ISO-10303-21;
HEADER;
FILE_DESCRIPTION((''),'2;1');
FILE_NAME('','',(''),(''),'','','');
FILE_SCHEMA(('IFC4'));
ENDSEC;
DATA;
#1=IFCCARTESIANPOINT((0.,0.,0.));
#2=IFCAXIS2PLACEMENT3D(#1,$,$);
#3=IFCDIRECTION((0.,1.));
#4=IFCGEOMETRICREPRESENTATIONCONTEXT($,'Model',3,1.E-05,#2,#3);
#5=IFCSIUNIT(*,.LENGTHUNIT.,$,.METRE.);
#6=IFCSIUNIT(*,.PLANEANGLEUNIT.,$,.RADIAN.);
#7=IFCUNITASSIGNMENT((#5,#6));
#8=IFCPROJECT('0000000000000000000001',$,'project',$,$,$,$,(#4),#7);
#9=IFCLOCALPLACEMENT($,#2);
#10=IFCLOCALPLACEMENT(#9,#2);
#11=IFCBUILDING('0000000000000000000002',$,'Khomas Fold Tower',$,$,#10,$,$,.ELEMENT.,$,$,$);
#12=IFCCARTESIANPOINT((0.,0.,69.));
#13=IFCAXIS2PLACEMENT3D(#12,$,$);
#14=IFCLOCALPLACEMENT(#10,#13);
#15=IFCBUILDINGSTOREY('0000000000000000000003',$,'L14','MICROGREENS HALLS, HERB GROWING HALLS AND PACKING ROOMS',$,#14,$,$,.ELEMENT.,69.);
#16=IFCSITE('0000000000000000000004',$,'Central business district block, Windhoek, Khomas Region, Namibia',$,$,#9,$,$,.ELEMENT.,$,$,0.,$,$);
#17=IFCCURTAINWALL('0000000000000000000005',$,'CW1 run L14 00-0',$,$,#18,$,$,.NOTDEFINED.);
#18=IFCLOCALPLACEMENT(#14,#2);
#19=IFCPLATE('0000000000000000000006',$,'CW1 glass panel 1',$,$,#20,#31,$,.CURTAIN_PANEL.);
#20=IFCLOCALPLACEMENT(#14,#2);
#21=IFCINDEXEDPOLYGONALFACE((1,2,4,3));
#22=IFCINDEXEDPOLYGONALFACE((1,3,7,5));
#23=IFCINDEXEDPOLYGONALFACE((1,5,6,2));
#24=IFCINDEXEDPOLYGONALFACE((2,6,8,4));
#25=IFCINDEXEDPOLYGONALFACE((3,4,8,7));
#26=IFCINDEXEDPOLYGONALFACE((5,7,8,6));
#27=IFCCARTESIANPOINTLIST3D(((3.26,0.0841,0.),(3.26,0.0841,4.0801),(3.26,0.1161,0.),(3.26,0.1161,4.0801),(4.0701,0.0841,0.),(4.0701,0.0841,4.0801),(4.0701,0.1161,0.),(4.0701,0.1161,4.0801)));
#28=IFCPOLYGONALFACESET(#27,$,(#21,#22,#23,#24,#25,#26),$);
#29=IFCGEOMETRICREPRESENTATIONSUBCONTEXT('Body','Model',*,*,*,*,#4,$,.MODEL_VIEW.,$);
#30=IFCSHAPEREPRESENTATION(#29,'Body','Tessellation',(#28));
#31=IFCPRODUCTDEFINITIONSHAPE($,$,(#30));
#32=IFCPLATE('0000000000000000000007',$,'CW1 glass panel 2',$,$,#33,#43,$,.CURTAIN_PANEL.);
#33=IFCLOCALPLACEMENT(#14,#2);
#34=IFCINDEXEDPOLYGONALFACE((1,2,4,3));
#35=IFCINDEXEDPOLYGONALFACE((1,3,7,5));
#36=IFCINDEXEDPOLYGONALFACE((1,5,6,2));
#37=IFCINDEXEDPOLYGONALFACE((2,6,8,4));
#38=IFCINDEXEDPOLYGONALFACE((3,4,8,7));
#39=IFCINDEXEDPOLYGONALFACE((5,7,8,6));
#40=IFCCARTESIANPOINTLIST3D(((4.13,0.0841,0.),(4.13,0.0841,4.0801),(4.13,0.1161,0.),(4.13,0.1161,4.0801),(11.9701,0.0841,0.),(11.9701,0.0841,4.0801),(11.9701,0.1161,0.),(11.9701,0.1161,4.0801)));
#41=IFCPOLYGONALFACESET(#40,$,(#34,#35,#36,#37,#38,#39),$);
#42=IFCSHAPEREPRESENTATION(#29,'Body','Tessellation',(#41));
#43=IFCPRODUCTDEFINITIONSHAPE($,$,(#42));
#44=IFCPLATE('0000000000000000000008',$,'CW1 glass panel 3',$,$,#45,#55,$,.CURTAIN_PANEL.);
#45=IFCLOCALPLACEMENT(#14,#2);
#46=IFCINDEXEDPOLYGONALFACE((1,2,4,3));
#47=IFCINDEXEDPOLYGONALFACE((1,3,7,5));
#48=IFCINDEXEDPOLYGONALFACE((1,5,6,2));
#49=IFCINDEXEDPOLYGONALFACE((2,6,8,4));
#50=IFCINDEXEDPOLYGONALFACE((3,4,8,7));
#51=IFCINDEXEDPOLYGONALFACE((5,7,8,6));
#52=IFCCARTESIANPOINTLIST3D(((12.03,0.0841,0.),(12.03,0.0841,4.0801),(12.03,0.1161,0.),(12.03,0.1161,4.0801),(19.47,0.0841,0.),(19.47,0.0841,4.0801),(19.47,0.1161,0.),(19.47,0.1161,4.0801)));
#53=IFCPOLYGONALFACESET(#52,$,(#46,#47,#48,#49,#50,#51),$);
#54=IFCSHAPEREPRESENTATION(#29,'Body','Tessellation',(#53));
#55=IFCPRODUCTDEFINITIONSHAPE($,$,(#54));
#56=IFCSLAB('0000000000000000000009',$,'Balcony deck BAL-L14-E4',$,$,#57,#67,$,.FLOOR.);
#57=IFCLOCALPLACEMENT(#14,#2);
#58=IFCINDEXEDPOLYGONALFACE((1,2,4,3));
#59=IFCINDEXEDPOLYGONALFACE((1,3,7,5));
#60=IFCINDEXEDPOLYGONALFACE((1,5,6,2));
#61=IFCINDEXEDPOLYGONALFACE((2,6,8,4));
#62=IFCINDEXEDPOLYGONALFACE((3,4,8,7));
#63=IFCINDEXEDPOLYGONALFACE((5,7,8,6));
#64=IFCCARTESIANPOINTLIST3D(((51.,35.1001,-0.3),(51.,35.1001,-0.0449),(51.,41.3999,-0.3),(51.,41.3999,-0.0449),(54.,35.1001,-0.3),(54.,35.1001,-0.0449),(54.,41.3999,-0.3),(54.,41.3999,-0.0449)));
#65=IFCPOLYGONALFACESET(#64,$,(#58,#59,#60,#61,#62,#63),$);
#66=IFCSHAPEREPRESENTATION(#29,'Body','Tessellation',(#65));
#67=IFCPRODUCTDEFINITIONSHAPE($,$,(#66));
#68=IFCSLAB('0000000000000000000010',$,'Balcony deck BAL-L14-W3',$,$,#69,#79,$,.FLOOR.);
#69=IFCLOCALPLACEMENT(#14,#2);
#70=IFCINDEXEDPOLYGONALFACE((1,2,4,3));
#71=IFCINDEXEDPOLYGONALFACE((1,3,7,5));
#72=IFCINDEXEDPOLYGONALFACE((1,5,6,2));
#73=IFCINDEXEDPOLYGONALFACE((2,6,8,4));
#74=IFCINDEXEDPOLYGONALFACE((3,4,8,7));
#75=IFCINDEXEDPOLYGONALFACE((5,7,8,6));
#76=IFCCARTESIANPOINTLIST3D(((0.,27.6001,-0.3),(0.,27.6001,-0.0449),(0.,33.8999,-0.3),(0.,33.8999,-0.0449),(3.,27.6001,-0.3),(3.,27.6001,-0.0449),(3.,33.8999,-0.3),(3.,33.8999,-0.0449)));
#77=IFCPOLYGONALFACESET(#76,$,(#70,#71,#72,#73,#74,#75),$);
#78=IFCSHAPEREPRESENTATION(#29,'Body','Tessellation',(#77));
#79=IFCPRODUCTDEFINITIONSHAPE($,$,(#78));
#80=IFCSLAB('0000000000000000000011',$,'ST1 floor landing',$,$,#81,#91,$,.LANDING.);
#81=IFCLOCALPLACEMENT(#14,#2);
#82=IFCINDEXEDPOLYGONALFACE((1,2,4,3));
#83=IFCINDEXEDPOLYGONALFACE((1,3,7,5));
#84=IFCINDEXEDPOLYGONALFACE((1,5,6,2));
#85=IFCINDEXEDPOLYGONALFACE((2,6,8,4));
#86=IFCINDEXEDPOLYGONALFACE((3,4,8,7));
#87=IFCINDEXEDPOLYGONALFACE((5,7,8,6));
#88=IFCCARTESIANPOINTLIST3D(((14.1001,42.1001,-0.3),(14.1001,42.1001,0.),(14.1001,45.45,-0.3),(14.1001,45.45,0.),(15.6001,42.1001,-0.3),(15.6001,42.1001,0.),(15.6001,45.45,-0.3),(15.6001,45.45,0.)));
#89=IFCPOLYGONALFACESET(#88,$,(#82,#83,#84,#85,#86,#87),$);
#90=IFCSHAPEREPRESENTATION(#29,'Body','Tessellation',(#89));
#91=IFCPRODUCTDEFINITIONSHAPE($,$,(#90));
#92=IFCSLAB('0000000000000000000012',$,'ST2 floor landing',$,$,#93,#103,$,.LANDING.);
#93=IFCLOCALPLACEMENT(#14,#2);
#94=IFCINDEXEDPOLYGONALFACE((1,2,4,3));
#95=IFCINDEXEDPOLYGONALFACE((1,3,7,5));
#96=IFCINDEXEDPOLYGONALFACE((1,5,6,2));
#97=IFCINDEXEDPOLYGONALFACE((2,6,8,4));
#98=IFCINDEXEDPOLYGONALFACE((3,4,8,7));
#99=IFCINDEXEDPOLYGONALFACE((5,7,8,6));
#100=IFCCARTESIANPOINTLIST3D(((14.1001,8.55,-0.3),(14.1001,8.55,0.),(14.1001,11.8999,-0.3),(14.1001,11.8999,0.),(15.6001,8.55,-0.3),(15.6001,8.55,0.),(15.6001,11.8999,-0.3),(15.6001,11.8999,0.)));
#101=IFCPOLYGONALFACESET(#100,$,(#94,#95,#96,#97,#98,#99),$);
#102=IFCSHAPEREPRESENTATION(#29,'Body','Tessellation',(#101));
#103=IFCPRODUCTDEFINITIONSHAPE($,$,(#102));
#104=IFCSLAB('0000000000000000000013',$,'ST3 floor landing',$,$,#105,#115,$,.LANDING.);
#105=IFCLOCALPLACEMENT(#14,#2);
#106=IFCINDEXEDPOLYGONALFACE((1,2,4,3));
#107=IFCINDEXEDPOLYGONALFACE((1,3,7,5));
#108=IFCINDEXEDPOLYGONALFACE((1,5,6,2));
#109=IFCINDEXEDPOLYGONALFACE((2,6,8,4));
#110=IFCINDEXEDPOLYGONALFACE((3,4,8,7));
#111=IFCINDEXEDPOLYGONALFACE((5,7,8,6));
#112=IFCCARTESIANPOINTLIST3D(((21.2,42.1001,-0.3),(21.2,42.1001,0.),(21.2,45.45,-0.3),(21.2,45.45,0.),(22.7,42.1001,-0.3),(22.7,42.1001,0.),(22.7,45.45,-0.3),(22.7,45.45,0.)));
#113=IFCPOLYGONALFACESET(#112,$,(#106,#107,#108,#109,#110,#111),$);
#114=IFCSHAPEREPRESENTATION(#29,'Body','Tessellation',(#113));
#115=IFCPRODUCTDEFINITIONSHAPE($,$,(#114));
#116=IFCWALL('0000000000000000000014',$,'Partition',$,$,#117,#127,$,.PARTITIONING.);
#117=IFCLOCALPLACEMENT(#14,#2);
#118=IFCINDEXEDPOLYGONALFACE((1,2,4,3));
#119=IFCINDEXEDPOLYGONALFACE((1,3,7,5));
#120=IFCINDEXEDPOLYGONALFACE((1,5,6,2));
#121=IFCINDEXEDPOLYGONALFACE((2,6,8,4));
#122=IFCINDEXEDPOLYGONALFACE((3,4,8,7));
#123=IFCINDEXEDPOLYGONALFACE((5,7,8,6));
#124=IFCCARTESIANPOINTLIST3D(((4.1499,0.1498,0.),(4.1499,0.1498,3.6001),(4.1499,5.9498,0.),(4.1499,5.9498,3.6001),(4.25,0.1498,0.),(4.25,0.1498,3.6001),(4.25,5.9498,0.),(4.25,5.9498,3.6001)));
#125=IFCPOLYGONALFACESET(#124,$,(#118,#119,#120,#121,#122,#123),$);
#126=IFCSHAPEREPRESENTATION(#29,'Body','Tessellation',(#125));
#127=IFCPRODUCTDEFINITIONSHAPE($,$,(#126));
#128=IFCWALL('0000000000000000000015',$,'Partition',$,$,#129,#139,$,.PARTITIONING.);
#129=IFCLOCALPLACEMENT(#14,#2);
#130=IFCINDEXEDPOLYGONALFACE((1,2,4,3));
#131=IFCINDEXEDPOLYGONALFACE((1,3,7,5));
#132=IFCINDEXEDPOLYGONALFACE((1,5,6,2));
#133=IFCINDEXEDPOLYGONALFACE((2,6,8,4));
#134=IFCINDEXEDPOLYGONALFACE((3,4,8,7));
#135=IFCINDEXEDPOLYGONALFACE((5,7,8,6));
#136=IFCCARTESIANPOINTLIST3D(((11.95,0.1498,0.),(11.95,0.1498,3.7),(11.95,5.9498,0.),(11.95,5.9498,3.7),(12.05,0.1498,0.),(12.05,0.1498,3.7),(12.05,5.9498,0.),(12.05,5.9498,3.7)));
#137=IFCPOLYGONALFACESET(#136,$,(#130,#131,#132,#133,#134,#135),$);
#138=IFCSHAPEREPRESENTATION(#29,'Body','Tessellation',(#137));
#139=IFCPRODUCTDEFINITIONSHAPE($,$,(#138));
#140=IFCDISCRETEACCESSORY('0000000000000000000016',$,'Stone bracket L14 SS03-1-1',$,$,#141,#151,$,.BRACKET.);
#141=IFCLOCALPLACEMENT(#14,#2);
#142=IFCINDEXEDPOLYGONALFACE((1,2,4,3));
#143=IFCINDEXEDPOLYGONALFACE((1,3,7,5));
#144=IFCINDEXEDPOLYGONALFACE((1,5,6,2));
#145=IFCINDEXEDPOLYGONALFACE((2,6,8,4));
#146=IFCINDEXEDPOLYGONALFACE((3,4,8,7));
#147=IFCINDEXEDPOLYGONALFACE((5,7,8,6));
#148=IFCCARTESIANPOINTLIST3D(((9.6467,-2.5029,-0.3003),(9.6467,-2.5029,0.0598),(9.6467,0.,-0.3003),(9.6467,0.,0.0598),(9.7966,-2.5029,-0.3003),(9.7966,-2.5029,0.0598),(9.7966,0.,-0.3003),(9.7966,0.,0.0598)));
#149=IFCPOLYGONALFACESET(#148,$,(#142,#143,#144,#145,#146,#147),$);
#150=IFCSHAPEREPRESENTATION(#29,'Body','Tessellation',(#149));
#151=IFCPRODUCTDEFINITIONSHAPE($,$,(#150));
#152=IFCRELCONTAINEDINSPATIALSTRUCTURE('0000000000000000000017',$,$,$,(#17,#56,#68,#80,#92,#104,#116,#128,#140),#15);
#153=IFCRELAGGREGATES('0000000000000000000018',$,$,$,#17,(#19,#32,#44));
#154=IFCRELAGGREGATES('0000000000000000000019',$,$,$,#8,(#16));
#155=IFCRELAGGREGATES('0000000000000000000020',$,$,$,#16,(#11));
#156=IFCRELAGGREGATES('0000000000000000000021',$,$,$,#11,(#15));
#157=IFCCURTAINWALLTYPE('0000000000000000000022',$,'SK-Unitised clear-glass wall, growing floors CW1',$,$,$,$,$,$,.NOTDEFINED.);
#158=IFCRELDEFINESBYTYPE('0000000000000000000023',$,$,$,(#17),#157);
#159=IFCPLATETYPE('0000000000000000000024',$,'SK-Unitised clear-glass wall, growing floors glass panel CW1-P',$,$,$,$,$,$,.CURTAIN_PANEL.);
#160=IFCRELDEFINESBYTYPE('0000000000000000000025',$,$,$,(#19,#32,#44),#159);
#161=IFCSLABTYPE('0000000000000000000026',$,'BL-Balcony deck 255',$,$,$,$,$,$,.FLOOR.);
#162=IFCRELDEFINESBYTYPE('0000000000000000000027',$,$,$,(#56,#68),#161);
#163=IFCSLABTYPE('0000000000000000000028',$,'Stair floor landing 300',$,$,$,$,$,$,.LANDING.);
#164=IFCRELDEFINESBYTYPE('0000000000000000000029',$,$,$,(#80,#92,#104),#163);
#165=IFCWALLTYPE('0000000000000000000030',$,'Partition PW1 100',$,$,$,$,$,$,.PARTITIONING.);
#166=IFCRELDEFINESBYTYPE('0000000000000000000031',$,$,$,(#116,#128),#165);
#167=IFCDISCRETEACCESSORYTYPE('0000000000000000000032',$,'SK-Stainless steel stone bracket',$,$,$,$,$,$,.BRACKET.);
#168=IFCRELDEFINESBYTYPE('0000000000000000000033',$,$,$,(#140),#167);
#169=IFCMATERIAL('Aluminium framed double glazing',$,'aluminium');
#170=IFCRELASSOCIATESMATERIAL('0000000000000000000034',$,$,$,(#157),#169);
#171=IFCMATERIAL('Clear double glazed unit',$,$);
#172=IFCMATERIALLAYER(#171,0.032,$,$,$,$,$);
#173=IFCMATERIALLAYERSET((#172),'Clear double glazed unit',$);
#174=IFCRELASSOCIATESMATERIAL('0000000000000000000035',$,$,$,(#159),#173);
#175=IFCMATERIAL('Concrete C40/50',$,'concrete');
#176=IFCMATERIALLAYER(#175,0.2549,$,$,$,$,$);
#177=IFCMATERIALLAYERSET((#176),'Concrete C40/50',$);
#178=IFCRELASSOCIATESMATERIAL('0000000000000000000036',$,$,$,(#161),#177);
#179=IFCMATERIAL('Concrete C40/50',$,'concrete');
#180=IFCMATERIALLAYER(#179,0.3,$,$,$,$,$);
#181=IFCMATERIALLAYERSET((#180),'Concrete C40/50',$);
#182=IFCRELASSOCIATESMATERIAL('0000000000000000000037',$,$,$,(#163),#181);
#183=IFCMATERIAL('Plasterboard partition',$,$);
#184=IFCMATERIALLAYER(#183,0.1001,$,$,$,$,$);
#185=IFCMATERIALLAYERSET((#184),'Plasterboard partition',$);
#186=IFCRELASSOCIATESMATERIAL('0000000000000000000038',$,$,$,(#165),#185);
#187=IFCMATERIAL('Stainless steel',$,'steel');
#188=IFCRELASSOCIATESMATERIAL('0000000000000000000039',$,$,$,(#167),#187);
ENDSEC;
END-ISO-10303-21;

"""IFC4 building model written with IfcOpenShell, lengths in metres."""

from ifc_helpers import new_model, si_unit, direction, frame, frame_2d, origin, origin_2d, place, context, subcontext, project, spatial, polyline, rectangle, outline, extrude, source, transform, mapped, material, layer, layer_set, type_object, element, aggregate, save


model = new_model("IFC4")

# Units and contexts
model_context = context("Model", 3, precision=1e-05, world=origin(), true_north=direction((0.0, 1.0)))
body_context = subcontext(model_context, "Body", "Model", "MODEL_VIEW")
ifc_project = project(units=[si_unit("LENGTHUNIT", "METRE"), si_unit("PLANEANGLEUNIT", "RADIAN")], contexts=[model_context])

# Site, building, storey
site_placement = place(None, origin())
site = spatial("IfcSite", under=ifc_project, at=site_placement, Name="Central business district block, Windhoek, Khomas Region, Namibia", CompositionType="ELEMENT", RefElevation=0.0)
building_placement = place(site_placement, origin())
building = spatial("IfcBuilding", under=site, at=building_placement, Name="Khomas Fold Tower", CompositionType="ELEMENT")
storey_placement = place(building_placement, frame((0.0, 0.0, 69.0)))
storey = spatial("IfcBuildingStorey", under=building, at=storey_placement, Name="L14", Description="MICROGREENS HALLS, HERB GROWING HALLS AND PACKING ROOMS", CompositionType="ELEMENT", Elevation=69.0)

# Curtain wall
ifc_material_1 = material(Name="Aluminium framed double glazing", Category="aluminium")
curtain_wall_type = type_object("IfcCurtainWallType", Name="SK-Unitised clear-glass wall, growing floors CW1", PredefinedType="NOTDEFINED", material=ifc_material_1)
curtain_wall_1_placement = place(storey_placement, origin())
curtain_wall_1 = element("IfcCurtainWall", 1, at=curtain_wall_1_placement, inside=storey, type_object=curtain_wall_type, Name="CW1 run L14 00-0", PredefinedType="NOTDEFINED")

# Plates
ifc_material_2 = material(Name="Clear double glazed unit")
ifc_layer_1 = layer(ifc_material_2, 0.032)
ifc_layer_set_1 = layer_set([ifc_layer_1], Name="Clear double glazed unit")
plate_type = type_object("IfcPlateType", Name="SK-Unitised clear-glass wall, growing floors glass panel CW1-P", PredefinedType="CURTAIN_PANEL", material=ifc_layer_set_1)
shared_shape_1 = source(origin(), body_context, "Body", "SweptSolid", [
    extrude(rectangle(XDim=0.8101, YDim=0.032, at=origin_2d()), origin(), (0.0, 0.0, 1.0), 4.0801),
])
plate_1_placement = place(storey_placement, frame((3.665, 0.1001, 0.0), z_axis=(0.0, 0.0, 1.0), x_axis=(1.0, 0.0, 0.0)))
plate_1 = element("IfcPlate", 2, at=plate_1_placement, type_object=plate_type, Name="CW1 glass panel 1", PredefinedType="CURTAIN_PANEL", context=body_context, shape_type="MappedRepresentation", body=[
    mapped(shared_shape_1, transform((0.0, 0.0, 0.0))),
])
shared_shape_2 = source(origin(), body_context, "Body", "SweptSolid", [
    extrude(rectangle(XDim=7.8401, YDim=0.032, at=origin_2d()), origin(), (0.0, 0.0, 1.0), 4.0801),
])
plate_2_placement = place(storey_placement, frame((8.05, 0.1001, 0.0), z_axis=(0.0, 0.0, 1.0), x_axis=(1.0, 0.0, 0.0)))
plate_2 = element("IfcPlate", 3, at=plate_2_placement, type_object=plate_type, Name="CW1 glass panel 2", PredefinedType="CURTAIN_PANEL", context=body_context, shape_type="MappedRepresentation", body=[
    mapped(shared_shape_2, transform((0.0, 0.0, 0.0))),
])
shared_shape_3 = source(origin(), body_context, "Body", "SweptSolid", [
    extrude(rectangle(XDim=7.4399, YDim=0.032, at=origin_2d()), origin(), (0.0, 0.0, 1.0), 4.0801),
])
plate_3_placement = place(storey_placement, frame((15.75, 0.1001, 0.0), z_axis=(0.0, 0.0, 1.0), x_axis=(1.0, 0.0, 0.0)))
plate_3 = element("IfcPlate", 4, at=plate_3_placement, type_object=plate_type, Name="CW1 glass panel 3", PredefinedType="CURTAIN_PANEL", context=body_context, shape_type="MappedRepresentation", body=[
    mapped(shared_shape_3, transform((0.0, 0.0, 0.0))),
])
aggregate(curtain_wall_1, [plate_1, plate_2, plate_3])

# Slabs
ifc_material_3 = material(Name="Concrete C40/50", Category="concrete")
ifc_layer_2 = layer(ifc_material_3, 0.2549)
ifc_layer_set_2 = layer_set([ifc_layer_2], Name="Concrete C40/50")
slab_type_1 = type_object("IfcSlabType", Name="BL-Balcony deck 255", PredefinedType="FLOOR", material=ifc_layer_set_2)
shared_shape_4 = source(origin(), body_context, "Body", "SweptSolid", [
    extrude(outline(polyline([(51.0, 35.1001), (54.0, 35.1001), (54.0, 41.3999), (51.0, 41.3999), (51.0, 35.1001)])), origin(), (0.0, 0.0, 1.0), 0.2551),
])
slab_1_placement = place(storey_placement, frame((0.0, 0.0, -0.3)))
element("IfcSlab", 5, at=slab_1_placement, inside=storey, type_object=slab_type_1, Name="Balcony deck BAL-L14-E4", PredefinedType="FLOOR", context=body_context, shape_type="MappedRepresentation", body=[
    mapped(shared_shape_4, transform((0.0, 0.0, 0.0))),
])
shared_shape_5 = source(origin(), body_context, "Body", "SweptSolid", [
    extrude(outline(polyline([(0.0, 27.6001), (3.0, 27.6001), (3.0, 33.8999), (0.0, 33.8999), (0.0, 27.6001)])), origin(), (0.0, 0.0, 1.0), 0.2551),
])
slab_2_placement = place(storey_placement, frame((0.0, 0.0, -0.3)))
element("IfcSlab", 6, at=slab_2_placement, inside=storey, type_object=slab_type_1, Name="Balcony deck BAL-L14-W3", PredefinedType="FLOOR", context=body_context, shape_type="MappedRepresentation", body=[
    mapped(shared_shape_5, transform((0.0, 0.0, 0.0))),
])
ifc_material_4 = material(Name="Concrete C40/50", Category="concrete")
ifc_layer_3 = layer(ifc_material_4, 0.3)
ifc_layer_set_3 = layer_set([ifc_layer_3], Name="Concrete C40/50")
slab_type_2 = type_object("IfcSlabType", Name="Stair floor landing 300", PredefinedType="LANDING", material=ifc_layer_set_3)
shared_shape_6 = source(origin(), body_context, "Body", "SweptSolid", [
    extrude(outline(polyline([(15.6001, 42.1001), (14.1001, 42.1001), (14.1001, 45.45), (15.6001, 45.45), (15.6001, 42.1001)])), origin(), (0.0, 0.0, 1.0), 0.3),
])
slab_3_placement = place(storey_placement, frame((0.0, 0.0, -0.3)))
element("IfcSlab", 7, at=slab_3_placement, inside=storey, type_object=slab_type_2, Name="ST1 floor landing", PredefinedType="LANDING", context=body_context, shape_type="MappedRepresentation", body=[
    mapped(shared_shape_6, transform((0.0, 0.0, 0.0))),
])
shared_shape_7 = source(origin(), body_context, "Body", "SweptSolid", [
    extrude(outline(polyline([(15.6001, 8.55), (14.1001, 8.55), (14.1001, 11.8999), (15.6001, 11.8999), (15.6001, 8.55)])), origin(), (0.0, 0.0, 1.0), 0.3),
])
slab_4_placement = place(storey_placement, frame((0.0, 0.0, -0.3)))
element("IfcSlab", 8, at=slab_4_placement, inside=storey, type_object=slab_type_2, Name="ST2 floor landing", PredefinedType="LANDING", context=body_context, shape_type="MappedRepresentation", body=[
    mapped(shared_shape_7, transform((0.0, 0.0, 0.0))),
])
shared_shape_8 = source(origin(), body_context, "Body", "SweptSolid", [
    extrude(outline(polyline([(22.7, 42.1001), (21.2, 42.1001), (21.2, 45.45), (22.7, 45.45), (22.7, 42.1001)])), origin(), (0.0, 0.0, 1.0), 0.3),
])
slab_5_placement = place(storey_placement, frame((0.0, 0.0, -0.3)))
element("IfcSlab", 9, at=slab_5_placement, inside=storey, type_object=slab_type_2, Name="ST3 floor landing", PredefinedType="LANDING", context=body_context, shape_type="MappedRepresentation", body=[
    mapped(shared_shape_8, transform((0.0, 0.0, 0.0))),
])

# Walls
ifc_material_5 = material(Name="Plasterboard partition")
ifc_layer_4 = layer(ifc_material_5, 0.1001)
ifc_layer_set_4 = layer_set([ifc_layer_4], Name="Plasterboard partition")
wall_type = type_object("IfcWallType", Name="Partition PW1 100", PredefinedType="PARTITIONING", material=ifc_layer_set_4)
shared_shape_9 = source(origin(), body_context, "Body", "SweptSolid", [
    extrude(rectangle(XDim=5.8, YDim=0.1001, at=frame_2d((2.8999, 0.0))), origin(), (0.0, 0.0, 1.0), 3.6001),
])
wall_1_placement = place(storey_placement, frame((4.2, 0.1499, 0.0), z_axis=(0.0, 0.0, 1.0), x_axis=(0.0, 1.0, 0.0)))
element("IfcWall", 10, at=wall_1_placement, inside=storey, type_object=wall_type, Name="Partition", PredefinedType="PARTITIONING", context=body_context, shape_type="MappedRepresentation", body=[
    mapped(shared_shape_9, transform((0.0, 0.0, 0.0))),
])
shared_shape_10 = source(origin(), body_context, "Body", "SweptSolid", [
    extrude(rectangle(XDim=5.8, YDim=0.1001, at=frame_2d((2.8999, 0.0))), origin(), (0.0, 0.0, 1.0), 3.7),
])
wall_2_placement = place(storey_placement, frame((12.0, 0.1499, 0.0), z_axis=(0.0, 0.0, 1.0), x_axis=(0.0, 1.0, 0.0)))
element("IfcWall", 11, at=wall_2_placement, inside=storey, type_object=wall_type, Name="Partition", PredefinedType="PARTITIONING", context=body_context, shape_type="MappedRepresentation", body=[
    mapped(shared_shape_10, transform((0.0, 0.0, 0.0))),
])

# Discrete accessory
ifc_material_6 = material(Name="Stainless steel", Category="steel")
discrete_accessory_type = type_object("IfcDiscreteAccessoryType", Name="SK-Stainless steel stone bracket", PredefinedType="BRACKET", material=ifc_material_6)
shared_shape_11 = source(origin(), body_context, "Body", "SweptSolid", [
    extrude(rectangle(XDim=2.5029, YDim=0.1499, at=origin_2d()), origin(), (0.0, 0.0, 1.0), 0.3601),
])
discrete_accessory_placement = place(storey_placement, frame((9.7217, -1.2515, -0.3003), z_axis=(0.0, 0.0, 1.0), x_axis=(0.0, -1.0, 0.0)))
element("IfcDiscreteAccessory", 12, at=discrete_accessory_placement, inside=storey, type_object=discrete_accessory_type, Name="Stone bracket L14 SS03-1-1", PredefinedType="BRACKET", context=body_context, shape_type="MappedRepresentation", body=[
    mapped(shared_shape_11, transform((0.0, 0.0, 0.0))),
])

save(model, "model.ifc")
